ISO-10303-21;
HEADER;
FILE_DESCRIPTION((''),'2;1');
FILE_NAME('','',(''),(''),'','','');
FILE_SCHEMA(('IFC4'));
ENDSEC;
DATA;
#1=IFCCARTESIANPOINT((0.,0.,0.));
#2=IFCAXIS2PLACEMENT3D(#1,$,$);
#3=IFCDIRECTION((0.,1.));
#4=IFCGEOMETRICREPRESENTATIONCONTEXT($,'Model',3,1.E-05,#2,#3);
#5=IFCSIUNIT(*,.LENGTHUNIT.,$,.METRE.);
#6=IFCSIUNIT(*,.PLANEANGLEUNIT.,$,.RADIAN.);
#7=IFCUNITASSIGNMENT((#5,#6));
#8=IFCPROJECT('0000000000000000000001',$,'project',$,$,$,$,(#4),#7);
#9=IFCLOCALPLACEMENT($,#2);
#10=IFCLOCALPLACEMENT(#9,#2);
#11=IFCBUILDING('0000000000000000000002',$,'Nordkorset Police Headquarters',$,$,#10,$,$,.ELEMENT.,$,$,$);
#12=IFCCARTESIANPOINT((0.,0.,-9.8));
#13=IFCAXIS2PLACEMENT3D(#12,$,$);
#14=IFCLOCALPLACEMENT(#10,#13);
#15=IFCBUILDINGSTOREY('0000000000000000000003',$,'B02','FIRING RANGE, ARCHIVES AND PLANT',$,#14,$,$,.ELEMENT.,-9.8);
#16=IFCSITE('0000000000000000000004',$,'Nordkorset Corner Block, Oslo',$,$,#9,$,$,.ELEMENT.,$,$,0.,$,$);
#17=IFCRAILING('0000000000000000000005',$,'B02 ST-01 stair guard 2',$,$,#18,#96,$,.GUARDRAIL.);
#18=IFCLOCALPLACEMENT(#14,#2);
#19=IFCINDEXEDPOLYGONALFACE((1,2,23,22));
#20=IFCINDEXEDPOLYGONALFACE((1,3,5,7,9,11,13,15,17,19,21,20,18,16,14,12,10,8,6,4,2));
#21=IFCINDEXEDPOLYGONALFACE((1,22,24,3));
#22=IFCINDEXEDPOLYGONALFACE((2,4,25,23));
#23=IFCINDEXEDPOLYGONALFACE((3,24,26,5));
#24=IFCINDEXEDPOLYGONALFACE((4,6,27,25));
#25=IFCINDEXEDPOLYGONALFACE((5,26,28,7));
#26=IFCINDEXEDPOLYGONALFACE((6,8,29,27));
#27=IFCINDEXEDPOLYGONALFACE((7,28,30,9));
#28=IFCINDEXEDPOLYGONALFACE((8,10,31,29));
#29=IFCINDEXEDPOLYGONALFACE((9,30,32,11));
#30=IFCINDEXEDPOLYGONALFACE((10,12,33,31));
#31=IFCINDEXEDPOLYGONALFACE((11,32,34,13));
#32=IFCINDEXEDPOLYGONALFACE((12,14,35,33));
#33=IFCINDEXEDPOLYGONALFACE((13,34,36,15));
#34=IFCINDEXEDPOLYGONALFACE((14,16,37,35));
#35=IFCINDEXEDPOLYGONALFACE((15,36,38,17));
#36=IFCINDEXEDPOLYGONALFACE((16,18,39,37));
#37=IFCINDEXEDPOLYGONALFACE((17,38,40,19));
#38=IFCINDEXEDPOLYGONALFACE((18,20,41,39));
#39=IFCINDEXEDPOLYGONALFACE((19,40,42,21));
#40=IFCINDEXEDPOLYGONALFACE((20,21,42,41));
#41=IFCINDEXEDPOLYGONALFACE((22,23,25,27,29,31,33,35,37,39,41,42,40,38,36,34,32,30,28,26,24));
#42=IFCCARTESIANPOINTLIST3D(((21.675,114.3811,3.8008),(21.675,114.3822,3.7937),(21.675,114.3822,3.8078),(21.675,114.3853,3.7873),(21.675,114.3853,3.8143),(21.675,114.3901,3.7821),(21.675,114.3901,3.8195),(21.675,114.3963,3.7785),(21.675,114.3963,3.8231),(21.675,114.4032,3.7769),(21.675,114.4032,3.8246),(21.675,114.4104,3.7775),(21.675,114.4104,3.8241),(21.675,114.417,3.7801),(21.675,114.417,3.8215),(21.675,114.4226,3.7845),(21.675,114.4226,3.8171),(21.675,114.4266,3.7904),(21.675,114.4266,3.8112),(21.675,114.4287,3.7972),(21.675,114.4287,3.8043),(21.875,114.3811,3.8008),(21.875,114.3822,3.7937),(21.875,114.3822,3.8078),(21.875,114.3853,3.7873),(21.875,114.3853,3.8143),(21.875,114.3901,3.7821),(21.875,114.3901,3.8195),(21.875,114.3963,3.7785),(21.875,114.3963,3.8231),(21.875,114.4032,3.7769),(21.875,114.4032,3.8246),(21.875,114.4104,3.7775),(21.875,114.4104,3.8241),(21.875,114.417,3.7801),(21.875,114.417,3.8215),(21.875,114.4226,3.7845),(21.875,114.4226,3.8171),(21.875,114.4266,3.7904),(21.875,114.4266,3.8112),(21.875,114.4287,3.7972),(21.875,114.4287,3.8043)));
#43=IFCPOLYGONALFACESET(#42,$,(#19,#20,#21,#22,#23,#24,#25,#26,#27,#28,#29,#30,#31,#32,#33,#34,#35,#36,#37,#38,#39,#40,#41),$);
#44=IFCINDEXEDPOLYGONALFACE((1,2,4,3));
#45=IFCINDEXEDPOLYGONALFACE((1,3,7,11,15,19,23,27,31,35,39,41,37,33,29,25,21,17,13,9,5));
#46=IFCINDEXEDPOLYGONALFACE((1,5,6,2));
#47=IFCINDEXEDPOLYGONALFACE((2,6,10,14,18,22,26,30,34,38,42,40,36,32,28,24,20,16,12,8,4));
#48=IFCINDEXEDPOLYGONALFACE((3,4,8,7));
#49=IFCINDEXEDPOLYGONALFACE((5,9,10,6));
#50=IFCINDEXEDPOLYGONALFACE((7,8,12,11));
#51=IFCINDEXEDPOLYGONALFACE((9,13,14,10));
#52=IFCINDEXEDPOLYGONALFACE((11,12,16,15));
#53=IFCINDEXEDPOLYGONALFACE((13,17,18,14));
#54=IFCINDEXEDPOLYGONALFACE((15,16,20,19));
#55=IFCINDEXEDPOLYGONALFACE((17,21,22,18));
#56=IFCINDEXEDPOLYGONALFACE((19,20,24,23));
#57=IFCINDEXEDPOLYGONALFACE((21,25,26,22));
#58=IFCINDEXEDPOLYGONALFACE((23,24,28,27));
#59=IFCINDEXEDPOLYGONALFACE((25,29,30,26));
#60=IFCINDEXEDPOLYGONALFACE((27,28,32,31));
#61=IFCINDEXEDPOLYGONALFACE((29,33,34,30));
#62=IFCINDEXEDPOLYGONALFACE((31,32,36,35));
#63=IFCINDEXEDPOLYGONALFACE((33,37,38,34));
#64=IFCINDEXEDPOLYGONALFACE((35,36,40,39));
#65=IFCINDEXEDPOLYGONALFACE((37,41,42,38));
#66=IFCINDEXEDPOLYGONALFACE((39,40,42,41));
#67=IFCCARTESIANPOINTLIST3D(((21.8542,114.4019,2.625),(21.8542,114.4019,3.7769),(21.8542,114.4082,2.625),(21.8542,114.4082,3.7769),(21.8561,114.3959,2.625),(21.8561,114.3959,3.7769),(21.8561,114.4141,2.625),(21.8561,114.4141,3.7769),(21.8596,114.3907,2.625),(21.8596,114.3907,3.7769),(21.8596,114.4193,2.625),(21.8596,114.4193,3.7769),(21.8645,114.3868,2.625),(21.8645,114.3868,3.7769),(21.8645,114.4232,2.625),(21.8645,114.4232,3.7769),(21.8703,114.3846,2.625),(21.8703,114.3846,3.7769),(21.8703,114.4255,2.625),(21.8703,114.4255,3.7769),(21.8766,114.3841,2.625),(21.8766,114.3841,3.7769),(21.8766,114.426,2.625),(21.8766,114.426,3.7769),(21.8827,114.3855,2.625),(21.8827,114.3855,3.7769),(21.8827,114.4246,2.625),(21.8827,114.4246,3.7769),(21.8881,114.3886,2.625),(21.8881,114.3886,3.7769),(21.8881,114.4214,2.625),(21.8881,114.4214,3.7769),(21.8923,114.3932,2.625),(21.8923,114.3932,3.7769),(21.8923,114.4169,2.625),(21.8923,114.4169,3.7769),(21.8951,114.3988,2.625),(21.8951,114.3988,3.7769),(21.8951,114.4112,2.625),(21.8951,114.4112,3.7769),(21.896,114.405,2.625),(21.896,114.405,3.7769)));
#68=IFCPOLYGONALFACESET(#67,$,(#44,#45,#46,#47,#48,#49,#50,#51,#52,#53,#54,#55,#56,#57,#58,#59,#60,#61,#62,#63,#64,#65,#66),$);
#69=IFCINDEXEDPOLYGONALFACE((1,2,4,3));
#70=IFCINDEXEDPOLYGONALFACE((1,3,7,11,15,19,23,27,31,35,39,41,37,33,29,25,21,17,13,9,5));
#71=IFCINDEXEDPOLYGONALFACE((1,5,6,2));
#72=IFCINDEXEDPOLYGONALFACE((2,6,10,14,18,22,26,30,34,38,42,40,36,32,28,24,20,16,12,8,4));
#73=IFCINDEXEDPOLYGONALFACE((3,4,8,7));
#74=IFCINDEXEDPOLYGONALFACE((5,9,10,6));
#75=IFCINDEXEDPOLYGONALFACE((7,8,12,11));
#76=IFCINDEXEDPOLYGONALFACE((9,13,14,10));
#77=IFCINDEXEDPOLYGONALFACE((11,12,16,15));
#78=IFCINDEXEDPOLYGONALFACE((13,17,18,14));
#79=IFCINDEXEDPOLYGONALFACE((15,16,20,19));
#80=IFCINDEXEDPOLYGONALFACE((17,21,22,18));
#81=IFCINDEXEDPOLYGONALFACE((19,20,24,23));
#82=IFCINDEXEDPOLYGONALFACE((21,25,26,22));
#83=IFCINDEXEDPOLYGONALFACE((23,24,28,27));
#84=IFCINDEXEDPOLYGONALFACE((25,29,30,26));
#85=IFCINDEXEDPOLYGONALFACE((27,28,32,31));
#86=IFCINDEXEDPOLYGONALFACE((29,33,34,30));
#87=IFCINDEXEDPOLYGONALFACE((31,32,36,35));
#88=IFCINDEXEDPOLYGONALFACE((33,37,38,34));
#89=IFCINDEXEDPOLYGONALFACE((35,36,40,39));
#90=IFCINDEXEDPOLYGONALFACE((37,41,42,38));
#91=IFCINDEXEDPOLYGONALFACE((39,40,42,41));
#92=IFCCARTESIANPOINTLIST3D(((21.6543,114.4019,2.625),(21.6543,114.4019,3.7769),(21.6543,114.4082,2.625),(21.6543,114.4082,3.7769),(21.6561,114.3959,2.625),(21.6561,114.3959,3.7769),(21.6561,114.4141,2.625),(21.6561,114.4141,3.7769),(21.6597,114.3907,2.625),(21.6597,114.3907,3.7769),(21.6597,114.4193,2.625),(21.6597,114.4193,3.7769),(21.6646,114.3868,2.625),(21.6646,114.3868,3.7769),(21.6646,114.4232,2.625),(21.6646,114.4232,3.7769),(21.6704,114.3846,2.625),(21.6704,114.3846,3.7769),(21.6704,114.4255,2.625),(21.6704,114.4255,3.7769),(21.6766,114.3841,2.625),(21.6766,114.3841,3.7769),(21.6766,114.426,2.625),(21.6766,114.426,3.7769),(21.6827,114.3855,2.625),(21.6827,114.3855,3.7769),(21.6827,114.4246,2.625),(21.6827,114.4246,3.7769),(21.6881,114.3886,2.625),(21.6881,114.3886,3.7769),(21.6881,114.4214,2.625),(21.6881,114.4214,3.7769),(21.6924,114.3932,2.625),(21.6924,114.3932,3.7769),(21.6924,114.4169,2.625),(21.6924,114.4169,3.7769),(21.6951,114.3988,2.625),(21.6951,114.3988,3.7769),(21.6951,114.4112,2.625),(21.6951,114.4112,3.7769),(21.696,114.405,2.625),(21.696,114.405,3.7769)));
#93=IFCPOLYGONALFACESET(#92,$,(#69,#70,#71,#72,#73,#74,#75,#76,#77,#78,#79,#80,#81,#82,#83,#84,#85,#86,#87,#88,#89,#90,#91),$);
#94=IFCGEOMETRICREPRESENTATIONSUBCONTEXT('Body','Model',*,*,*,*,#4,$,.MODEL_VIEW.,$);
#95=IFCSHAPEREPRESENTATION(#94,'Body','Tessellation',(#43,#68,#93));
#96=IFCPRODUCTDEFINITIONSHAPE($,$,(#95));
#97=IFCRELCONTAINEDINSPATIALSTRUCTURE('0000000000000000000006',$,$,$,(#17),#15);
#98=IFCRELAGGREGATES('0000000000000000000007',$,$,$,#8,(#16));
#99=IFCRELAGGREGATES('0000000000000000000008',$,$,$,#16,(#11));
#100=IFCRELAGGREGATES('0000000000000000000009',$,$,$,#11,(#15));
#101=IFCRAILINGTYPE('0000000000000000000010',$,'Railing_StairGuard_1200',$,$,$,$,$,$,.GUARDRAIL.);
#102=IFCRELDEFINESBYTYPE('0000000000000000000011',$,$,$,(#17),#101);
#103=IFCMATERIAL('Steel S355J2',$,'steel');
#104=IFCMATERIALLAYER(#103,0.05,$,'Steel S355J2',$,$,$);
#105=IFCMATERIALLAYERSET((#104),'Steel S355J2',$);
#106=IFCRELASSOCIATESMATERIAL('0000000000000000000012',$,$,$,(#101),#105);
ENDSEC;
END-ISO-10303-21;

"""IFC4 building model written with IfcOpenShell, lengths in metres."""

from ifc_helpers import new_model, si_unit, direction, frame, origin, origin_2d, place, context, subcontext, project, spatial, circle, extrude, material, layer, layer_set, type_object, element, save


model = new_model("IFC4")

# Units and contexts
model_context = context("Model", 3, precision=1e-05, world=origin(), true_north=direction((0.0, 1.0)))
body_context = subcontext(model_context, "Body", "Model", "MODEL_VIEW")
ifc_project = project(units=[si_unit("LENGTHUNIT", "METRE"), si_unit("PLANEANGLEUNIT", "RADIAN")], contexts=[model_context])

# Site, building, storey
site_placement = place(None, origin())
site = spatial("IfcSite", under=ifc_project, at=site_placement, Name="Nordkorset Corner Block, Oslo", CompositionType="ELEMENT", RefElevation=0.0)
building_placement = place(site_placement, origin())
building = spatial("IfcBuilding", under=site, at=building_placement, Name="Nordkorset Police Headquarters", CompositionType="ELEMENT")
storey_placement = place(building_placement, frame((0.0, 0.0, -9.8)))
storey = spatial("IfcBuildingStorey", under=building, at=storey_placement, Name="B02", Description="FIRING RANGE, ARCHIVES AND PLANT", CompositionType="ELEMENT", Elevation=-9.8)

# Railing
ifc_material_1 = material(Name="Steel S355J2", Category="steel")
ifc_layer_1 = layer(ifc_material_1, 0.05, Name="Steel S355J2")
ifc_layer_set_1 = layer_set([ifc_layer_1], Name="Steel S355J2")
railing_type_1 = type_object("IfcRailingType", Name="Railing_StairGuard_1200", PredefinedType="GUARDRAIL", material=ifc_layer_set_1)
railing_1_placement = place(storey_placement, frame((21.875, 114.405, 2.625)))
element("IfcRailing", 1, at=railing_1_placement, inside=storey, type_object=railing_type_1, Name="B02 ST-01 stair guard 2", PredefinedType="GUARDRAIL", context=body_context, shape_type="SweptSolid", body=[
    extrude(circle(Radius=0.0239, at=origin_2d()), frame((0.0, 0.0, 1.1758), z_axis=(-1.0, 0.0, 0.0), x_axis=(0.0, -1.0, 0.0)), (0.0, 0.0, 1.0), 0.2),
    extrude(circle(Radius=0.021, at=origin_2d()), origin(), (0.0, 0.0, 1.0), 1.1519),
    extrude(circle(Radius=0.021, at=origin_2d()), frame((-0.2, 0.0, 0.0)), (0.0, 0.0, 1.0), 1.1519),
])

save(model, "model.ifc")
